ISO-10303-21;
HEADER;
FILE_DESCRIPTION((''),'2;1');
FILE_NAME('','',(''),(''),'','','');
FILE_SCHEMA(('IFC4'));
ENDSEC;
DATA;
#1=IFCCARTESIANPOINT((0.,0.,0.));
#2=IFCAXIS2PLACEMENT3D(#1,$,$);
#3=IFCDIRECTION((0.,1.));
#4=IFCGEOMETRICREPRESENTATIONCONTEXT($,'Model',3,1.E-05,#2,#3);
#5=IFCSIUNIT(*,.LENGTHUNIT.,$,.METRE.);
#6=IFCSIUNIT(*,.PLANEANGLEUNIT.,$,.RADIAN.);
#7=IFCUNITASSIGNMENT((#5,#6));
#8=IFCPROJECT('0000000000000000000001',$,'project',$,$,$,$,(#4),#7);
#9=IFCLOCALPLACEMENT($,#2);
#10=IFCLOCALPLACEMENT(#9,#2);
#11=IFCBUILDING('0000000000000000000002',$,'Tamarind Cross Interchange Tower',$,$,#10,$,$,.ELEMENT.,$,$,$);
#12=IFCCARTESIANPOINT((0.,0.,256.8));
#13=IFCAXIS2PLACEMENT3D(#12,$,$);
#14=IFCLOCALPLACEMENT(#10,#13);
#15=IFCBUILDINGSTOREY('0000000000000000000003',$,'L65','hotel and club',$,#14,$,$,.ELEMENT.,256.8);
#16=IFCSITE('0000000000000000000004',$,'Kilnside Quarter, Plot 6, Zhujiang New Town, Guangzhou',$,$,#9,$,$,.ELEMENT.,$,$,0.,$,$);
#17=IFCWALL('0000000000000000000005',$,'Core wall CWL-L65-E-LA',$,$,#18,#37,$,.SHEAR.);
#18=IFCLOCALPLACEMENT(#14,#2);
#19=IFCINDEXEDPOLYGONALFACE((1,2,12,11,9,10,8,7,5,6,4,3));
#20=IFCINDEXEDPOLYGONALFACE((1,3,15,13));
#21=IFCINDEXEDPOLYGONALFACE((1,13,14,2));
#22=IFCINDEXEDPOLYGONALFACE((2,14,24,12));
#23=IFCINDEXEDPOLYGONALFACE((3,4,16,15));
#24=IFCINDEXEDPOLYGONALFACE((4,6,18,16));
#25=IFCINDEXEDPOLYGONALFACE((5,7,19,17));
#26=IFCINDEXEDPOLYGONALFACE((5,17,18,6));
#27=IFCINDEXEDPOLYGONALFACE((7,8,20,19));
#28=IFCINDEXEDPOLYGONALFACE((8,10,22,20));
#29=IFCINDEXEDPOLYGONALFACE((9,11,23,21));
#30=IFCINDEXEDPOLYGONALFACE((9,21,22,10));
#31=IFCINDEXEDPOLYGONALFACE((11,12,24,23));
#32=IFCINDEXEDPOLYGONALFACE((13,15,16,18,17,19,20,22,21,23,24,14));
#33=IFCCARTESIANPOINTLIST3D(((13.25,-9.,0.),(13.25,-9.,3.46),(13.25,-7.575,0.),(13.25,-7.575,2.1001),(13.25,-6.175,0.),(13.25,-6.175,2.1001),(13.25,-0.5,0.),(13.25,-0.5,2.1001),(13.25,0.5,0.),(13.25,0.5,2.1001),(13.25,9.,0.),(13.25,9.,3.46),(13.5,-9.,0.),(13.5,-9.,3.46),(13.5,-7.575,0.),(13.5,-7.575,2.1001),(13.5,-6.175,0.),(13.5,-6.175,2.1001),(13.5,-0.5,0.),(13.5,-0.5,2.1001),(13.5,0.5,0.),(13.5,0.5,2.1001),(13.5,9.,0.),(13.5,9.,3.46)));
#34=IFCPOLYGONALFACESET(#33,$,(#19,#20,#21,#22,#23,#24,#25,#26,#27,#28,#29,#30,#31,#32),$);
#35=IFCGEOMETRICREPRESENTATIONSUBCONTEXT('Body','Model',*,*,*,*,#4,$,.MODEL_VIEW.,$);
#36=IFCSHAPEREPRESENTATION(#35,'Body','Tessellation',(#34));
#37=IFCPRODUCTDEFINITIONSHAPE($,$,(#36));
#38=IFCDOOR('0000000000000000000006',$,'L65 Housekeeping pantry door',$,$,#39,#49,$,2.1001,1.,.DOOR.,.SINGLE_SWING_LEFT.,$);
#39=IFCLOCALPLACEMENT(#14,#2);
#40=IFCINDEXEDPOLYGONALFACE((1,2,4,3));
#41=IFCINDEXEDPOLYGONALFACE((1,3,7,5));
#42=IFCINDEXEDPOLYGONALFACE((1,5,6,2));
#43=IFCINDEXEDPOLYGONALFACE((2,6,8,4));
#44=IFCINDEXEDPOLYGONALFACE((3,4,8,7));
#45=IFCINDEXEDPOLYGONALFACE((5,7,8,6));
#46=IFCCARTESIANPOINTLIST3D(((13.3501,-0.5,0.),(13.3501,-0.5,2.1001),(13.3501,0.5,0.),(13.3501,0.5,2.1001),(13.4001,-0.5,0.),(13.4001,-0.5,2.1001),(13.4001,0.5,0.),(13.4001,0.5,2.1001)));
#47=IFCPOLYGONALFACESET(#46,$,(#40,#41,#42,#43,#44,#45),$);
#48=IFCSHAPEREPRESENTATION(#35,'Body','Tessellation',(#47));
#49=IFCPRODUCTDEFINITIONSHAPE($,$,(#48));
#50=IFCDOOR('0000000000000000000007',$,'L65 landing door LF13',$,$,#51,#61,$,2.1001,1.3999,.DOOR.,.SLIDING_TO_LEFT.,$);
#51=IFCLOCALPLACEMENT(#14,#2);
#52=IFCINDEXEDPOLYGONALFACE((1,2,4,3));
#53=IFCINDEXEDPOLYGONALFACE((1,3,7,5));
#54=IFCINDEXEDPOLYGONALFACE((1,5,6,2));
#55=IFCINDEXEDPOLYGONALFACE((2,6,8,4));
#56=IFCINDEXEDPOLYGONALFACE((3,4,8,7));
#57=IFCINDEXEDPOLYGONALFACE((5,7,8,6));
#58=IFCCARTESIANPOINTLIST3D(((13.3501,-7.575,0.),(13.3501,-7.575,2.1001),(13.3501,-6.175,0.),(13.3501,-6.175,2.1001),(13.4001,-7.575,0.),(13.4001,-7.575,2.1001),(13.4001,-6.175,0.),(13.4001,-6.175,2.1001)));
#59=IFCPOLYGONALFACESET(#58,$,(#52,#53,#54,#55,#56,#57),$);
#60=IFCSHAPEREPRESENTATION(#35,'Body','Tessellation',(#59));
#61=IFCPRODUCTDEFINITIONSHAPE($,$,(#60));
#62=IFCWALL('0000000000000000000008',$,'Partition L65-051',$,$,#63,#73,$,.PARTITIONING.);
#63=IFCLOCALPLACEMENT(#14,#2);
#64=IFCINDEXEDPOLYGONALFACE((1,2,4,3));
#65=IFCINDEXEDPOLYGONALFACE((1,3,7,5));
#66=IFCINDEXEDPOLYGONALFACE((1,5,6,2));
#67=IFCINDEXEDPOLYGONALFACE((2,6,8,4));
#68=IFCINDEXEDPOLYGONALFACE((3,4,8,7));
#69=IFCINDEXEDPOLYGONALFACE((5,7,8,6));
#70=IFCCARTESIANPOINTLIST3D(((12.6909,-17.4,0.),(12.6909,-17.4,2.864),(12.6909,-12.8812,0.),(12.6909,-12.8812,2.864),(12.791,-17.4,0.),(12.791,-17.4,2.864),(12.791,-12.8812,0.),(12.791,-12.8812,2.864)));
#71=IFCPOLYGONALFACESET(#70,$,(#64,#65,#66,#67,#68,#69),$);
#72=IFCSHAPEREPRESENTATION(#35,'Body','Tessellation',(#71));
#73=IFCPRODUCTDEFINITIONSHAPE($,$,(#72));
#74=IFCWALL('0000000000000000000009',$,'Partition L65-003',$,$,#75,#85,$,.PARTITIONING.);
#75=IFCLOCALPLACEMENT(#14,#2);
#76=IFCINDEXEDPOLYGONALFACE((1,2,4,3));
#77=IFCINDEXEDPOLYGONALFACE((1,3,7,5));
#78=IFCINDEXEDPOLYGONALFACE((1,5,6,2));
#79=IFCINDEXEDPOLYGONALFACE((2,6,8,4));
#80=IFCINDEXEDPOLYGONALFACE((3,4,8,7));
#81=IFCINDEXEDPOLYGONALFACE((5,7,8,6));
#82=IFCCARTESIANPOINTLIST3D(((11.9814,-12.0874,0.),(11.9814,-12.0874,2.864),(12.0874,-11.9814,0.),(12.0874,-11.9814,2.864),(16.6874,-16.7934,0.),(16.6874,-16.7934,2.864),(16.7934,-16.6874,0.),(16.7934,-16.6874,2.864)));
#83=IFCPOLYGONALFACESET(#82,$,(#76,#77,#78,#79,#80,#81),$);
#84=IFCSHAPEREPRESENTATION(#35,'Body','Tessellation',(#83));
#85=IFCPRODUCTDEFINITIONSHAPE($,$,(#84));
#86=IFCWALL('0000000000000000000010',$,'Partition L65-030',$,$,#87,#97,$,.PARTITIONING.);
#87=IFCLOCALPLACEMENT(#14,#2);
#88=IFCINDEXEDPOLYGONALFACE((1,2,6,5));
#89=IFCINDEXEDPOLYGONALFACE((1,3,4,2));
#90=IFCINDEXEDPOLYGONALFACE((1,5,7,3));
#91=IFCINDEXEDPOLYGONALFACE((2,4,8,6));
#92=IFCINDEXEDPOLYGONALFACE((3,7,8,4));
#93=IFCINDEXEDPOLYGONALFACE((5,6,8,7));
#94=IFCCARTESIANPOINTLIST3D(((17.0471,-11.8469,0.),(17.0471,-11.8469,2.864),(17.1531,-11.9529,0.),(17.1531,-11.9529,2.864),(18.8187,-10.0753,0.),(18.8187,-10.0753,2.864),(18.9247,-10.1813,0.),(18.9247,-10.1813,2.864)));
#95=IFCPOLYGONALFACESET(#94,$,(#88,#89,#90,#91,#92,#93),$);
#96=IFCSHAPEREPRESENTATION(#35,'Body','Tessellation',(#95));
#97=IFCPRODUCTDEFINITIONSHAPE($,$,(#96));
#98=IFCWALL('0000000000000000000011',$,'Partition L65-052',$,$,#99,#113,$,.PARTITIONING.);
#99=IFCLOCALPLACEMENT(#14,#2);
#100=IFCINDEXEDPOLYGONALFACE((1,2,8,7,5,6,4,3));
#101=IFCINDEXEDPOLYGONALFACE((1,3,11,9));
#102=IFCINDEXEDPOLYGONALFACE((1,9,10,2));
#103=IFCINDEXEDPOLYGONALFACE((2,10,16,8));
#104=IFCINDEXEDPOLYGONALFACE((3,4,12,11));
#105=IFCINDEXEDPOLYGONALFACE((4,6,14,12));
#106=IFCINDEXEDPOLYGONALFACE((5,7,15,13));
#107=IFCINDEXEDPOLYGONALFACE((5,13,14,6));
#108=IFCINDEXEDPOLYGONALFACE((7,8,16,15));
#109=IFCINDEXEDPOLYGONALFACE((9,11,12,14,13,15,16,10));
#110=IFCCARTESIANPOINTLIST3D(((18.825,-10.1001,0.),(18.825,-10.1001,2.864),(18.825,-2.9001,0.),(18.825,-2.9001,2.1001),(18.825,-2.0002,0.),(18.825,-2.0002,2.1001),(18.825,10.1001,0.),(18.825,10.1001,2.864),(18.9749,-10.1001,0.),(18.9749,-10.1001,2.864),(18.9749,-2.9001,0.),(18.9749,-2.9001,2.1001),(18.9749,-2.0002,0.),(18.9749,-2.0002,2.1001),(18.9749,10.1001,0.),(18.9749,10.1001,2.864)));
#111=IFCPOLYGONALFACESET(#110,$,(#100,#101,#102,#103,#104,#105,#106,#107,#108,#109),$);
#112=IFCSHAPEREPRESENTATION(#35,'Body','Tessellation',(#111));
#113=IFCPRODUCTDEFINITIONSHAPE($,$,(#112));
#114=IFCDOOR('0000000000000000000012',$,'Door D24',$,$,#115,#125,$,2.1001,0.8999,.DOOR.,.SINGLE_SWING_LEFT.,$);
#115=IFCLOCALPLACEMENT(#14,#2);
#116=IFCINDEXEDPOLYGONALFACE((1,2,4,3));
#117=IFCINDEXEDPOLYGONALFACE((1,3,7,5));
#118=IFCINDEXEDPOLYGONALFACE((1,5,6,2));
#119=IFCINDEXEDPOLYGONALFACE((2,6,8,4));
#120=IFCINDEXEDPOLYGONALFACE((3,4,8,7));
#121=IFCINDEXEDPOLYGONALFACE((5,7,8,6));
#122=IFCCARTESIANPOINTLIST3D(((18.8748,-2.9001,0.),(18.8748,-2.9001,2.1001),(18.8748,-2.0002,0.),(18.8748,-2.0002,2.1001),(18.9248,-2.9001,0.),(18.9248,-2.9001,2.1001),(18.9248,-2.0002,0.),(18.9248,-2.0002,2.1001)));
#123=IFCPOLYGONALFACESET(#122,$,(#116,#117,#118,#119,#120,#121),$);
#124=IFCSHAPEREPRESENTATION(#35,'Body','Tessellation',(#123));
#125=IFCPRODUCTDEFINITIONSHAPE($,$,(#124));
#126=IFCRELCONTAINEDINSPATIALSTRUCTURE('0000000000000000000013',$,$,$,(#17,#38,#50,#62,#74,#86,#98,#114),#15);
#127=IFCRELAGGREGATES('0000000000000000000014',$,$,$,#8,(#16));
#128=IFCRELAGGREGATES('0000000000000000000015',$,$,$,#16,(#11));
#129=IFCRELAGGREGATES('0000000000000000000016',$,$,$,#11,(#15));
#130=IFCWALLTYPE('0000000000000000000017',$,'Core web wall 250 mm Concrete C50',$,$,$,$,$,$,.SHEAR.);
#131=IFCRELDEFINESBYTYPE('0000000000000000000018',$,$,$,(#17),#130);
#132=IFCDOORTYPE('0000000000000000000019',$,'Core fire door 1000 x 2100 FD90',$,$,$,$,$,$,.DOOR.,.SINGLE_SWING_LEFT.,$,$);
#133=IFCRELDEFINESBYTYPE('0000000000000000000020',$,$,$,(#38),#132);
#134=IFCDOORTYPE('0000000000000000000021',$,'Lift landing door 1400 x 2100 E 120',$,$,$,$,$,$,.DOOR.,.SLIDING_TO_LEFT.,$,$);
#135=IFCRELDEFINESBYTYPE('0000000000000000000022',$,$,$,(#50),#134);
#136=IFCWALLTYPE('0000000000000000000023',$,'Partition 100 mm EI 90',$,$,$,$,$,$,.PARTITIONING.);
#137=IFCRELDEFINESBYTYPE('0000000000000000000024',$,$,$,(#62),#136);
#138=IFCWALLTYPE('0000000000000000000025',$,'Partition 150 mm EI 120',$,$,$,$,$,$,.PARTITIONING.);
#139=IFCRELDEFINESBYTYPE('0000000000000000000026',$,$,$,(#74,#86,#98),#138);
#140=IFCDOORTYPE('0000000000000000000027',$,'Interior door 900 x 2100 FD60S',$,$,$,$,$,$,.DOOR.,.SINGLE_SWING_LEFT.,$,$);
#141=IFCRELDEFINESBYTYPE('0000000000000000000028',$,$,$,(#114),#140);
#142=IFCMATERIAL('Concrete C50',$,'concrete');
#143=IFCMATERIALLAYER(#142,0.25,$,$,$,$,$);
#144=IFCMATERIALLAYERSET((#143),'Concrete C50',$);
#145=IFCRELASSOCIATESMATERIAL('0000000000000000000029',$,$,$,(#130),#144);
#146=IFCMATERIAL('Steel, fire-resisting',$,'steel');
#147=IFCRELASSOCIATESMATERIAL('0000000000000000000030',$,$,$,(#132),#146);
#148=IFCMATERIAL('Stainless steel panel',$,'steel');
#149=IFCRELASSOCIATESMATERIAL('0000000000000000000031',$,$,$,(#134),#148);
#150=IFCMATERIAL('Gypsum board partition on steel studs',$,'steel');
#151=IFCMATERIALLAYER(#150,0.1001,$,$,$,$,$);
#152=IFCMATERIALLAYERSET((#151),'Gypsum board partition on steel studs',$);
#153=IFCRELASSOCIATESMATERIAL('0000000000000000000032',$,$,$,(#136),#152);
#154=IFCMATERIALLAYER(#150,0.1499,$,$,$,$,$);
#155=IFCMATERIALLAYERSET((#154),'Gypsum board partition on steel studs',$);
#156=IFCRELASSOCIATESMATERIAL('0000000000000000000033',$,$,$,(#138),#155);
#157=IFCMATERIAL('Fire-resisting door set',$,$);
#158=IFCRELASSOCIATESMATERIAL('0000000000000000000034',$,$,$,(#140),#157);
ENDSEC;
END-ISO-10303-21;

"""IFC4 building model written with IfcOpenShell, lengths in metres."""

from ifc_helpers import new_model, si_unit, direction, frame, frame_2d, origin, place, context, subcontext, project, spatial, rectangle, extrude, material, layer, layer_set, type_object, element, fill, save


model = new_model("IFC4")

# Units and contexts
model_context = context("Model", 3, precision=1e-05, world=origin(), true_north=direction((0.0, 1.0)))
body_context = subcontext(model_context, "Body", "Model", "MODEL_VIEW")
ifc_project = project(units=[si_unit("LENGTHUNIT", "METRE"), si_unit("PLANEANGLEUNIT", "RADIAN")], contexts=[model_context])

# Site, building, storey
site_placement = place(None, origin())
site = spatial("IfcSite", under=ifc_project, at=site_placement, Name="Kilnside Quarter, Plot 6, Zhujiang New Town, Guangzhou", CompositionType="ELEMENT", RefElevation=0.0)
building_placement = place(site_placement, origin())
building = spatial("IfcBuilding", under=site, at=building_placement, Name="Tamarind Cross Interchange Tower", CompositionType="ELEMENT")
storey_placement = place(building_placement, frame((0.0, 0.0, 256.8)))
storey = spatial("IfcBuildingStorey", under=building, at=storey_placement, Name="L65", Description="hotel and club", CompositionType="ELEMENT", Elevation=256.8)

# Wall, openings, doors
ifc_material_1 = material(Name="Concrete C50", Category="concrete")
ifc_material_2 = material(Name="Steel, fire-resisting", Category="steel")
ifc_layer_1 = layer(ifc_material_1, 0.25)
ifc_layer_set_1 = layer_set([ifc_layer_1], Name="Concrete C50")
wall_type_1 = type_object("IfcWallType", Name="Core web wall 250 mm Concrete C50", PredefinedType="SHEAR", material=ifc_layer_set_1)
wall_1_placement = place(storey_placement, frame((13.375, -9.0, 0.0), z_axis=(0.0, 0.0, 1.0), x_axis=(0.0, 1.0, 0.0)))
wall_1 = element("IfcWall", 1, at=wall_1_placement, inside=storey, type_object=wall_type_1, Name="Core wall CWL-L65-E-LA", PredefinedType="SHEAR", context=body_context, shape_type="SweptSolid", body=[
    extrude(rectangle(XDim=18.0, YDim=0.25, at=frame_2d((9.0, 0.0))), origin(), (0.0, 0.0, 1.0), 3.46),
])
opening_1_placement = place(wall_1_placement, frame((1.425, 0.0, 0.0)))
opening_1 = element("IfcOpeningElement", 2, at=opening_1_placement, cuts=wall_1, PredefinedType="OPENING", context=body_context, shape_type="SweptSolid", body=[
    extrude(rectangle(XDim=1.3999, YDim=2.1001, at=frame_2d((0.7, 1.05))), frame((0.0, 0.135, 0.0), z_axis=(0.0, -1.0, 0.0), x_axis=(1.0, 0.0, 0.0)), (0.0, 0.0, 1.0), 0.27),
])
opening_2_placement = place(wall_1_placement, frame((8.5, 0.0, 0.0)))
opening_2 = element("IfcOpeningElement", 3, at=opening_2_placement, cuts=wall_1, PredefinedType="OPENING", context=body_context, shape_type="SweptSolid", body=[
    extrude(rectangle(XDim=1.0, YDim=2.1001, at=frame_2d((0.5, 1.05))), frame((0.0, 0.135, 0.0), z_axis=(0.0, -1.0, 0.0), x_axis=(1.0, 0.0, 0.0)), (0.0, 0.0, 1.0), 0.27),
])
door_type_1 = type_object("IfcDoorType", Name="Core fire door 1000 x 2100 FD90", OperationType="SINGLE_SWING_LEFT", PredefinedType="DOOR", material=ifc_material_2)
door_1_placement = place(opening_2_placement, origin())
door_1 = element("IfcDoor", 4, at=door_1_placement, inside=storey, type_object=door_type_1, Name="L65 Housekeeping pantry door", OperationType="SINGLE_SWING_LEFT", OverallHeight=2.1001, OverallWidth=1.0, PredefinedType="DOOR", context=body_context, shape_type="SweptSolid", body=[
    extrude(rectangle(XDim=1.0, YDim=2.1001, at=frame_2d((0.5, 1.05))), frame((0.0, 0.0249, 0.0), z_axis=(0.0, -1.0, 0.0), x_axis=(1.0, 0.0, 0.0)), (0.0, 0.0, 1.0), 0.05),
])
fill(opening_2, door_1)
ifc_material_3 = material(Name="Stainless steel panel", Category="steel")
door_type_2 = type_object("IfcDoorType", Name="Lift landing door 1400 x 2100 E 120", OperationType="SLIDING_TO_LEFT", PredefinedType="DOOR", material=ifc_material_3)
door_2_placement = place(opening_1_placement, origin())
door_2 = element("IfcDoor", 5, at=door_2_placement, inside=storey, type_object=door_type_2, Name="L65 landing door LF13", OperationType="SLIDING_TO_LEFT", OverallHeight=2.1001, OverallWidth=1.3999, PredefinedType="DOOR", context=body_context, shape_type="SweptSolid", body=[
    extrude(rectangle(XDim=1.3999, YDim=2.1001, at=frame_2d((0.7, 1.05))), frame((0.0, 0.0249, 0.0), z_axis=(0.0, -1.0, 0.0), x_axis=(1.0, 0.0, 0.0)), (0.0, 0.0, 1.0), 0.05),
])
fill(opening_1, door_2)

# Walls
ifc_material_4 = material(Name="Gypsum board partition on steel studs", Category="steel")
ifc_layer_2 = layer(ifc_material_4, 0.1001)
ifc_layer_set_2 = layer_set([ifc_layer_2], Name="Gypsum board partition on steel studs")
wall_type_2 = type_object("IfcWallType", Name="Partition 100 mm EI 90", PredefinedType="PARTITIONING", material=ifc_layer_set_2)
wall_2_placement = place(storey_placement, frame((12.741, -17.3999, 0.0), z_axis=(0.0, 0.0, 1.0), x_axis=(0.0, 1.0, 0.0)))
element("IfcWall", 6, at=wall_2_placement, inside=storey, type_object=wall_type_2, Name="Partition L65-051", PredefinedType="PARTITIONING", context=body_context, shape_type="SweptSolid", body=[
    extrude(rectangle(XDim=4.5188, YDim=0.1001, at=frame_2d((2.2593, 0.0))), origin(), (0.0, 0.0, 1.0), 2.864),
])
ifc_layer_3 = layer(ifc_material_4, 0.1499)
ifc_layer_set_3 = layer_set([ifc_layer_3], Name="Gypsum board partition on steel studs")
wall_type_3 = type_object("IfcWallType", Name="Partition 150 mm EI 120", PredefinedType="PARTITIONING", material=ifc_layer_set_3)
wall_3_placement = place(storey_placement, frame((12.0344, -12.0344, 0.0), z_axis=(0.0, 0.0, 1.0), x_axis=(0.707107, -0.707107, 0.0)))
element("IfcWall", 7, at=wall_3_placement, inside=storey, type_object=wall_type_3, Name="Partition L65-003", PredefinedType="PARTITIONING", context=body_context, shape_type="SweptSolid", body=[
    extrude(rectangle(XDim=6.6553, YDim=0.1499, at=frame_2d((3.3276, 0.0))), origin(), (0.0, 0.0, 1.0), 2.864),
])
wall_4_placement = place(storey_placement, frame((17.1001, -11.8999, 0.0), z_axis=(0.0, 0.0, 1.0), x_axis=(0.707107, 0.707107, 0.0)))
element("IfcWall", 8, at=wall_4_placement, inside=storey, type_object=wall_type_3, Name="Partition L65-030", PredefinedType="PARTITIONING", context=body_context, shape_type="SweptSolid", body=[
    extrude(rectangle(XDim=2.5054, YDim=0.1499, at=frame_2d((1.2527, 0.0))), origin(), (0.0, 0.0, 1.0), 2.864),
])

# Wall, opening, door
wall_5_placement = place(storey_placement, frame((18.8999, -10.1001, 0.0), z_axis=(0.0, 0.0, 1.0), x_axis=(0.0, 1.0, 0.0)))
wall_5 = element("IfcWall", 9, at=wall_5_placement, inside=storey, type_object=wall_type_3, Name="Partition L65-052", PredefinedType="PARTITIONING", context=body_context, shape_type="SweptSolid", body=[
    extrude(rectangle(XDim=20.2002, YDim=0.1499, at=frame_2d((10.1001, 0.0))), origin(), (0.0, 0.0, 1.0), 2.864),
])
opening_3_placement = place(wall_5_placement, frame((7.2, 0.0, 0.0)))
opening_3 = element("IfcOpeningElement", 10, at=opening_3_placement, cuts=wall_5, PredefinedType="OPENING", context=body_context, shape_type="SweptSolid", body=[
    extrude(rectangle(XDim=0.8999, YDim=2.1001, at=frame_2d((0.45, 1.05))), frame((0.0, 0.085, 0.0), z_axis=(0.0, -1.0, 0.0), x_axis=(1.0, 0.0, 0.0)), (0.0, 0.0, 1.0), 0.1699),
])
ifc_material_5 = material(Name="Fire-resisting door set")
door_type_3 = type_object("IfcDoorType", Name="Interior door 900 x 2100 FD60S", OperationType="SINGLE_SWING_LEFT", PredefinedType="DOOR", material=ifc_material_5)
door_3_placement = place(opening_3_placement, frame((0.8999, 0.0, 0.0), z_axis=(0.0, 0.0, 1.0), x_axis=(-1.0, 0.0, 0.0)))
door_3 = element("IfcDoor", 11, at=door_3_placement, inside=storey, type_object=door_type_3, Name="Door D24", OperationType="SINGLE_SWING_LEFT", OverallHeight=2.1001, OverallWidth=0.8999, PredefinedType="DOOR", context=body_context, shape_type="SweptSolid", body=[
    extrude(rectangle(XDim=0.8999, YDim=2.1001, at=frame_2d((0.45, 1.05))), frame((0.0, 0.0249, 0.0), z_axis=(0.0, -1.0, 0.0), x_axis=(1.0, 0.0, 0.0)), (0.0, 0.0, 1.0), 0.05),
])
fill(opening_3, door_3)

save(model, "model.ifc")
